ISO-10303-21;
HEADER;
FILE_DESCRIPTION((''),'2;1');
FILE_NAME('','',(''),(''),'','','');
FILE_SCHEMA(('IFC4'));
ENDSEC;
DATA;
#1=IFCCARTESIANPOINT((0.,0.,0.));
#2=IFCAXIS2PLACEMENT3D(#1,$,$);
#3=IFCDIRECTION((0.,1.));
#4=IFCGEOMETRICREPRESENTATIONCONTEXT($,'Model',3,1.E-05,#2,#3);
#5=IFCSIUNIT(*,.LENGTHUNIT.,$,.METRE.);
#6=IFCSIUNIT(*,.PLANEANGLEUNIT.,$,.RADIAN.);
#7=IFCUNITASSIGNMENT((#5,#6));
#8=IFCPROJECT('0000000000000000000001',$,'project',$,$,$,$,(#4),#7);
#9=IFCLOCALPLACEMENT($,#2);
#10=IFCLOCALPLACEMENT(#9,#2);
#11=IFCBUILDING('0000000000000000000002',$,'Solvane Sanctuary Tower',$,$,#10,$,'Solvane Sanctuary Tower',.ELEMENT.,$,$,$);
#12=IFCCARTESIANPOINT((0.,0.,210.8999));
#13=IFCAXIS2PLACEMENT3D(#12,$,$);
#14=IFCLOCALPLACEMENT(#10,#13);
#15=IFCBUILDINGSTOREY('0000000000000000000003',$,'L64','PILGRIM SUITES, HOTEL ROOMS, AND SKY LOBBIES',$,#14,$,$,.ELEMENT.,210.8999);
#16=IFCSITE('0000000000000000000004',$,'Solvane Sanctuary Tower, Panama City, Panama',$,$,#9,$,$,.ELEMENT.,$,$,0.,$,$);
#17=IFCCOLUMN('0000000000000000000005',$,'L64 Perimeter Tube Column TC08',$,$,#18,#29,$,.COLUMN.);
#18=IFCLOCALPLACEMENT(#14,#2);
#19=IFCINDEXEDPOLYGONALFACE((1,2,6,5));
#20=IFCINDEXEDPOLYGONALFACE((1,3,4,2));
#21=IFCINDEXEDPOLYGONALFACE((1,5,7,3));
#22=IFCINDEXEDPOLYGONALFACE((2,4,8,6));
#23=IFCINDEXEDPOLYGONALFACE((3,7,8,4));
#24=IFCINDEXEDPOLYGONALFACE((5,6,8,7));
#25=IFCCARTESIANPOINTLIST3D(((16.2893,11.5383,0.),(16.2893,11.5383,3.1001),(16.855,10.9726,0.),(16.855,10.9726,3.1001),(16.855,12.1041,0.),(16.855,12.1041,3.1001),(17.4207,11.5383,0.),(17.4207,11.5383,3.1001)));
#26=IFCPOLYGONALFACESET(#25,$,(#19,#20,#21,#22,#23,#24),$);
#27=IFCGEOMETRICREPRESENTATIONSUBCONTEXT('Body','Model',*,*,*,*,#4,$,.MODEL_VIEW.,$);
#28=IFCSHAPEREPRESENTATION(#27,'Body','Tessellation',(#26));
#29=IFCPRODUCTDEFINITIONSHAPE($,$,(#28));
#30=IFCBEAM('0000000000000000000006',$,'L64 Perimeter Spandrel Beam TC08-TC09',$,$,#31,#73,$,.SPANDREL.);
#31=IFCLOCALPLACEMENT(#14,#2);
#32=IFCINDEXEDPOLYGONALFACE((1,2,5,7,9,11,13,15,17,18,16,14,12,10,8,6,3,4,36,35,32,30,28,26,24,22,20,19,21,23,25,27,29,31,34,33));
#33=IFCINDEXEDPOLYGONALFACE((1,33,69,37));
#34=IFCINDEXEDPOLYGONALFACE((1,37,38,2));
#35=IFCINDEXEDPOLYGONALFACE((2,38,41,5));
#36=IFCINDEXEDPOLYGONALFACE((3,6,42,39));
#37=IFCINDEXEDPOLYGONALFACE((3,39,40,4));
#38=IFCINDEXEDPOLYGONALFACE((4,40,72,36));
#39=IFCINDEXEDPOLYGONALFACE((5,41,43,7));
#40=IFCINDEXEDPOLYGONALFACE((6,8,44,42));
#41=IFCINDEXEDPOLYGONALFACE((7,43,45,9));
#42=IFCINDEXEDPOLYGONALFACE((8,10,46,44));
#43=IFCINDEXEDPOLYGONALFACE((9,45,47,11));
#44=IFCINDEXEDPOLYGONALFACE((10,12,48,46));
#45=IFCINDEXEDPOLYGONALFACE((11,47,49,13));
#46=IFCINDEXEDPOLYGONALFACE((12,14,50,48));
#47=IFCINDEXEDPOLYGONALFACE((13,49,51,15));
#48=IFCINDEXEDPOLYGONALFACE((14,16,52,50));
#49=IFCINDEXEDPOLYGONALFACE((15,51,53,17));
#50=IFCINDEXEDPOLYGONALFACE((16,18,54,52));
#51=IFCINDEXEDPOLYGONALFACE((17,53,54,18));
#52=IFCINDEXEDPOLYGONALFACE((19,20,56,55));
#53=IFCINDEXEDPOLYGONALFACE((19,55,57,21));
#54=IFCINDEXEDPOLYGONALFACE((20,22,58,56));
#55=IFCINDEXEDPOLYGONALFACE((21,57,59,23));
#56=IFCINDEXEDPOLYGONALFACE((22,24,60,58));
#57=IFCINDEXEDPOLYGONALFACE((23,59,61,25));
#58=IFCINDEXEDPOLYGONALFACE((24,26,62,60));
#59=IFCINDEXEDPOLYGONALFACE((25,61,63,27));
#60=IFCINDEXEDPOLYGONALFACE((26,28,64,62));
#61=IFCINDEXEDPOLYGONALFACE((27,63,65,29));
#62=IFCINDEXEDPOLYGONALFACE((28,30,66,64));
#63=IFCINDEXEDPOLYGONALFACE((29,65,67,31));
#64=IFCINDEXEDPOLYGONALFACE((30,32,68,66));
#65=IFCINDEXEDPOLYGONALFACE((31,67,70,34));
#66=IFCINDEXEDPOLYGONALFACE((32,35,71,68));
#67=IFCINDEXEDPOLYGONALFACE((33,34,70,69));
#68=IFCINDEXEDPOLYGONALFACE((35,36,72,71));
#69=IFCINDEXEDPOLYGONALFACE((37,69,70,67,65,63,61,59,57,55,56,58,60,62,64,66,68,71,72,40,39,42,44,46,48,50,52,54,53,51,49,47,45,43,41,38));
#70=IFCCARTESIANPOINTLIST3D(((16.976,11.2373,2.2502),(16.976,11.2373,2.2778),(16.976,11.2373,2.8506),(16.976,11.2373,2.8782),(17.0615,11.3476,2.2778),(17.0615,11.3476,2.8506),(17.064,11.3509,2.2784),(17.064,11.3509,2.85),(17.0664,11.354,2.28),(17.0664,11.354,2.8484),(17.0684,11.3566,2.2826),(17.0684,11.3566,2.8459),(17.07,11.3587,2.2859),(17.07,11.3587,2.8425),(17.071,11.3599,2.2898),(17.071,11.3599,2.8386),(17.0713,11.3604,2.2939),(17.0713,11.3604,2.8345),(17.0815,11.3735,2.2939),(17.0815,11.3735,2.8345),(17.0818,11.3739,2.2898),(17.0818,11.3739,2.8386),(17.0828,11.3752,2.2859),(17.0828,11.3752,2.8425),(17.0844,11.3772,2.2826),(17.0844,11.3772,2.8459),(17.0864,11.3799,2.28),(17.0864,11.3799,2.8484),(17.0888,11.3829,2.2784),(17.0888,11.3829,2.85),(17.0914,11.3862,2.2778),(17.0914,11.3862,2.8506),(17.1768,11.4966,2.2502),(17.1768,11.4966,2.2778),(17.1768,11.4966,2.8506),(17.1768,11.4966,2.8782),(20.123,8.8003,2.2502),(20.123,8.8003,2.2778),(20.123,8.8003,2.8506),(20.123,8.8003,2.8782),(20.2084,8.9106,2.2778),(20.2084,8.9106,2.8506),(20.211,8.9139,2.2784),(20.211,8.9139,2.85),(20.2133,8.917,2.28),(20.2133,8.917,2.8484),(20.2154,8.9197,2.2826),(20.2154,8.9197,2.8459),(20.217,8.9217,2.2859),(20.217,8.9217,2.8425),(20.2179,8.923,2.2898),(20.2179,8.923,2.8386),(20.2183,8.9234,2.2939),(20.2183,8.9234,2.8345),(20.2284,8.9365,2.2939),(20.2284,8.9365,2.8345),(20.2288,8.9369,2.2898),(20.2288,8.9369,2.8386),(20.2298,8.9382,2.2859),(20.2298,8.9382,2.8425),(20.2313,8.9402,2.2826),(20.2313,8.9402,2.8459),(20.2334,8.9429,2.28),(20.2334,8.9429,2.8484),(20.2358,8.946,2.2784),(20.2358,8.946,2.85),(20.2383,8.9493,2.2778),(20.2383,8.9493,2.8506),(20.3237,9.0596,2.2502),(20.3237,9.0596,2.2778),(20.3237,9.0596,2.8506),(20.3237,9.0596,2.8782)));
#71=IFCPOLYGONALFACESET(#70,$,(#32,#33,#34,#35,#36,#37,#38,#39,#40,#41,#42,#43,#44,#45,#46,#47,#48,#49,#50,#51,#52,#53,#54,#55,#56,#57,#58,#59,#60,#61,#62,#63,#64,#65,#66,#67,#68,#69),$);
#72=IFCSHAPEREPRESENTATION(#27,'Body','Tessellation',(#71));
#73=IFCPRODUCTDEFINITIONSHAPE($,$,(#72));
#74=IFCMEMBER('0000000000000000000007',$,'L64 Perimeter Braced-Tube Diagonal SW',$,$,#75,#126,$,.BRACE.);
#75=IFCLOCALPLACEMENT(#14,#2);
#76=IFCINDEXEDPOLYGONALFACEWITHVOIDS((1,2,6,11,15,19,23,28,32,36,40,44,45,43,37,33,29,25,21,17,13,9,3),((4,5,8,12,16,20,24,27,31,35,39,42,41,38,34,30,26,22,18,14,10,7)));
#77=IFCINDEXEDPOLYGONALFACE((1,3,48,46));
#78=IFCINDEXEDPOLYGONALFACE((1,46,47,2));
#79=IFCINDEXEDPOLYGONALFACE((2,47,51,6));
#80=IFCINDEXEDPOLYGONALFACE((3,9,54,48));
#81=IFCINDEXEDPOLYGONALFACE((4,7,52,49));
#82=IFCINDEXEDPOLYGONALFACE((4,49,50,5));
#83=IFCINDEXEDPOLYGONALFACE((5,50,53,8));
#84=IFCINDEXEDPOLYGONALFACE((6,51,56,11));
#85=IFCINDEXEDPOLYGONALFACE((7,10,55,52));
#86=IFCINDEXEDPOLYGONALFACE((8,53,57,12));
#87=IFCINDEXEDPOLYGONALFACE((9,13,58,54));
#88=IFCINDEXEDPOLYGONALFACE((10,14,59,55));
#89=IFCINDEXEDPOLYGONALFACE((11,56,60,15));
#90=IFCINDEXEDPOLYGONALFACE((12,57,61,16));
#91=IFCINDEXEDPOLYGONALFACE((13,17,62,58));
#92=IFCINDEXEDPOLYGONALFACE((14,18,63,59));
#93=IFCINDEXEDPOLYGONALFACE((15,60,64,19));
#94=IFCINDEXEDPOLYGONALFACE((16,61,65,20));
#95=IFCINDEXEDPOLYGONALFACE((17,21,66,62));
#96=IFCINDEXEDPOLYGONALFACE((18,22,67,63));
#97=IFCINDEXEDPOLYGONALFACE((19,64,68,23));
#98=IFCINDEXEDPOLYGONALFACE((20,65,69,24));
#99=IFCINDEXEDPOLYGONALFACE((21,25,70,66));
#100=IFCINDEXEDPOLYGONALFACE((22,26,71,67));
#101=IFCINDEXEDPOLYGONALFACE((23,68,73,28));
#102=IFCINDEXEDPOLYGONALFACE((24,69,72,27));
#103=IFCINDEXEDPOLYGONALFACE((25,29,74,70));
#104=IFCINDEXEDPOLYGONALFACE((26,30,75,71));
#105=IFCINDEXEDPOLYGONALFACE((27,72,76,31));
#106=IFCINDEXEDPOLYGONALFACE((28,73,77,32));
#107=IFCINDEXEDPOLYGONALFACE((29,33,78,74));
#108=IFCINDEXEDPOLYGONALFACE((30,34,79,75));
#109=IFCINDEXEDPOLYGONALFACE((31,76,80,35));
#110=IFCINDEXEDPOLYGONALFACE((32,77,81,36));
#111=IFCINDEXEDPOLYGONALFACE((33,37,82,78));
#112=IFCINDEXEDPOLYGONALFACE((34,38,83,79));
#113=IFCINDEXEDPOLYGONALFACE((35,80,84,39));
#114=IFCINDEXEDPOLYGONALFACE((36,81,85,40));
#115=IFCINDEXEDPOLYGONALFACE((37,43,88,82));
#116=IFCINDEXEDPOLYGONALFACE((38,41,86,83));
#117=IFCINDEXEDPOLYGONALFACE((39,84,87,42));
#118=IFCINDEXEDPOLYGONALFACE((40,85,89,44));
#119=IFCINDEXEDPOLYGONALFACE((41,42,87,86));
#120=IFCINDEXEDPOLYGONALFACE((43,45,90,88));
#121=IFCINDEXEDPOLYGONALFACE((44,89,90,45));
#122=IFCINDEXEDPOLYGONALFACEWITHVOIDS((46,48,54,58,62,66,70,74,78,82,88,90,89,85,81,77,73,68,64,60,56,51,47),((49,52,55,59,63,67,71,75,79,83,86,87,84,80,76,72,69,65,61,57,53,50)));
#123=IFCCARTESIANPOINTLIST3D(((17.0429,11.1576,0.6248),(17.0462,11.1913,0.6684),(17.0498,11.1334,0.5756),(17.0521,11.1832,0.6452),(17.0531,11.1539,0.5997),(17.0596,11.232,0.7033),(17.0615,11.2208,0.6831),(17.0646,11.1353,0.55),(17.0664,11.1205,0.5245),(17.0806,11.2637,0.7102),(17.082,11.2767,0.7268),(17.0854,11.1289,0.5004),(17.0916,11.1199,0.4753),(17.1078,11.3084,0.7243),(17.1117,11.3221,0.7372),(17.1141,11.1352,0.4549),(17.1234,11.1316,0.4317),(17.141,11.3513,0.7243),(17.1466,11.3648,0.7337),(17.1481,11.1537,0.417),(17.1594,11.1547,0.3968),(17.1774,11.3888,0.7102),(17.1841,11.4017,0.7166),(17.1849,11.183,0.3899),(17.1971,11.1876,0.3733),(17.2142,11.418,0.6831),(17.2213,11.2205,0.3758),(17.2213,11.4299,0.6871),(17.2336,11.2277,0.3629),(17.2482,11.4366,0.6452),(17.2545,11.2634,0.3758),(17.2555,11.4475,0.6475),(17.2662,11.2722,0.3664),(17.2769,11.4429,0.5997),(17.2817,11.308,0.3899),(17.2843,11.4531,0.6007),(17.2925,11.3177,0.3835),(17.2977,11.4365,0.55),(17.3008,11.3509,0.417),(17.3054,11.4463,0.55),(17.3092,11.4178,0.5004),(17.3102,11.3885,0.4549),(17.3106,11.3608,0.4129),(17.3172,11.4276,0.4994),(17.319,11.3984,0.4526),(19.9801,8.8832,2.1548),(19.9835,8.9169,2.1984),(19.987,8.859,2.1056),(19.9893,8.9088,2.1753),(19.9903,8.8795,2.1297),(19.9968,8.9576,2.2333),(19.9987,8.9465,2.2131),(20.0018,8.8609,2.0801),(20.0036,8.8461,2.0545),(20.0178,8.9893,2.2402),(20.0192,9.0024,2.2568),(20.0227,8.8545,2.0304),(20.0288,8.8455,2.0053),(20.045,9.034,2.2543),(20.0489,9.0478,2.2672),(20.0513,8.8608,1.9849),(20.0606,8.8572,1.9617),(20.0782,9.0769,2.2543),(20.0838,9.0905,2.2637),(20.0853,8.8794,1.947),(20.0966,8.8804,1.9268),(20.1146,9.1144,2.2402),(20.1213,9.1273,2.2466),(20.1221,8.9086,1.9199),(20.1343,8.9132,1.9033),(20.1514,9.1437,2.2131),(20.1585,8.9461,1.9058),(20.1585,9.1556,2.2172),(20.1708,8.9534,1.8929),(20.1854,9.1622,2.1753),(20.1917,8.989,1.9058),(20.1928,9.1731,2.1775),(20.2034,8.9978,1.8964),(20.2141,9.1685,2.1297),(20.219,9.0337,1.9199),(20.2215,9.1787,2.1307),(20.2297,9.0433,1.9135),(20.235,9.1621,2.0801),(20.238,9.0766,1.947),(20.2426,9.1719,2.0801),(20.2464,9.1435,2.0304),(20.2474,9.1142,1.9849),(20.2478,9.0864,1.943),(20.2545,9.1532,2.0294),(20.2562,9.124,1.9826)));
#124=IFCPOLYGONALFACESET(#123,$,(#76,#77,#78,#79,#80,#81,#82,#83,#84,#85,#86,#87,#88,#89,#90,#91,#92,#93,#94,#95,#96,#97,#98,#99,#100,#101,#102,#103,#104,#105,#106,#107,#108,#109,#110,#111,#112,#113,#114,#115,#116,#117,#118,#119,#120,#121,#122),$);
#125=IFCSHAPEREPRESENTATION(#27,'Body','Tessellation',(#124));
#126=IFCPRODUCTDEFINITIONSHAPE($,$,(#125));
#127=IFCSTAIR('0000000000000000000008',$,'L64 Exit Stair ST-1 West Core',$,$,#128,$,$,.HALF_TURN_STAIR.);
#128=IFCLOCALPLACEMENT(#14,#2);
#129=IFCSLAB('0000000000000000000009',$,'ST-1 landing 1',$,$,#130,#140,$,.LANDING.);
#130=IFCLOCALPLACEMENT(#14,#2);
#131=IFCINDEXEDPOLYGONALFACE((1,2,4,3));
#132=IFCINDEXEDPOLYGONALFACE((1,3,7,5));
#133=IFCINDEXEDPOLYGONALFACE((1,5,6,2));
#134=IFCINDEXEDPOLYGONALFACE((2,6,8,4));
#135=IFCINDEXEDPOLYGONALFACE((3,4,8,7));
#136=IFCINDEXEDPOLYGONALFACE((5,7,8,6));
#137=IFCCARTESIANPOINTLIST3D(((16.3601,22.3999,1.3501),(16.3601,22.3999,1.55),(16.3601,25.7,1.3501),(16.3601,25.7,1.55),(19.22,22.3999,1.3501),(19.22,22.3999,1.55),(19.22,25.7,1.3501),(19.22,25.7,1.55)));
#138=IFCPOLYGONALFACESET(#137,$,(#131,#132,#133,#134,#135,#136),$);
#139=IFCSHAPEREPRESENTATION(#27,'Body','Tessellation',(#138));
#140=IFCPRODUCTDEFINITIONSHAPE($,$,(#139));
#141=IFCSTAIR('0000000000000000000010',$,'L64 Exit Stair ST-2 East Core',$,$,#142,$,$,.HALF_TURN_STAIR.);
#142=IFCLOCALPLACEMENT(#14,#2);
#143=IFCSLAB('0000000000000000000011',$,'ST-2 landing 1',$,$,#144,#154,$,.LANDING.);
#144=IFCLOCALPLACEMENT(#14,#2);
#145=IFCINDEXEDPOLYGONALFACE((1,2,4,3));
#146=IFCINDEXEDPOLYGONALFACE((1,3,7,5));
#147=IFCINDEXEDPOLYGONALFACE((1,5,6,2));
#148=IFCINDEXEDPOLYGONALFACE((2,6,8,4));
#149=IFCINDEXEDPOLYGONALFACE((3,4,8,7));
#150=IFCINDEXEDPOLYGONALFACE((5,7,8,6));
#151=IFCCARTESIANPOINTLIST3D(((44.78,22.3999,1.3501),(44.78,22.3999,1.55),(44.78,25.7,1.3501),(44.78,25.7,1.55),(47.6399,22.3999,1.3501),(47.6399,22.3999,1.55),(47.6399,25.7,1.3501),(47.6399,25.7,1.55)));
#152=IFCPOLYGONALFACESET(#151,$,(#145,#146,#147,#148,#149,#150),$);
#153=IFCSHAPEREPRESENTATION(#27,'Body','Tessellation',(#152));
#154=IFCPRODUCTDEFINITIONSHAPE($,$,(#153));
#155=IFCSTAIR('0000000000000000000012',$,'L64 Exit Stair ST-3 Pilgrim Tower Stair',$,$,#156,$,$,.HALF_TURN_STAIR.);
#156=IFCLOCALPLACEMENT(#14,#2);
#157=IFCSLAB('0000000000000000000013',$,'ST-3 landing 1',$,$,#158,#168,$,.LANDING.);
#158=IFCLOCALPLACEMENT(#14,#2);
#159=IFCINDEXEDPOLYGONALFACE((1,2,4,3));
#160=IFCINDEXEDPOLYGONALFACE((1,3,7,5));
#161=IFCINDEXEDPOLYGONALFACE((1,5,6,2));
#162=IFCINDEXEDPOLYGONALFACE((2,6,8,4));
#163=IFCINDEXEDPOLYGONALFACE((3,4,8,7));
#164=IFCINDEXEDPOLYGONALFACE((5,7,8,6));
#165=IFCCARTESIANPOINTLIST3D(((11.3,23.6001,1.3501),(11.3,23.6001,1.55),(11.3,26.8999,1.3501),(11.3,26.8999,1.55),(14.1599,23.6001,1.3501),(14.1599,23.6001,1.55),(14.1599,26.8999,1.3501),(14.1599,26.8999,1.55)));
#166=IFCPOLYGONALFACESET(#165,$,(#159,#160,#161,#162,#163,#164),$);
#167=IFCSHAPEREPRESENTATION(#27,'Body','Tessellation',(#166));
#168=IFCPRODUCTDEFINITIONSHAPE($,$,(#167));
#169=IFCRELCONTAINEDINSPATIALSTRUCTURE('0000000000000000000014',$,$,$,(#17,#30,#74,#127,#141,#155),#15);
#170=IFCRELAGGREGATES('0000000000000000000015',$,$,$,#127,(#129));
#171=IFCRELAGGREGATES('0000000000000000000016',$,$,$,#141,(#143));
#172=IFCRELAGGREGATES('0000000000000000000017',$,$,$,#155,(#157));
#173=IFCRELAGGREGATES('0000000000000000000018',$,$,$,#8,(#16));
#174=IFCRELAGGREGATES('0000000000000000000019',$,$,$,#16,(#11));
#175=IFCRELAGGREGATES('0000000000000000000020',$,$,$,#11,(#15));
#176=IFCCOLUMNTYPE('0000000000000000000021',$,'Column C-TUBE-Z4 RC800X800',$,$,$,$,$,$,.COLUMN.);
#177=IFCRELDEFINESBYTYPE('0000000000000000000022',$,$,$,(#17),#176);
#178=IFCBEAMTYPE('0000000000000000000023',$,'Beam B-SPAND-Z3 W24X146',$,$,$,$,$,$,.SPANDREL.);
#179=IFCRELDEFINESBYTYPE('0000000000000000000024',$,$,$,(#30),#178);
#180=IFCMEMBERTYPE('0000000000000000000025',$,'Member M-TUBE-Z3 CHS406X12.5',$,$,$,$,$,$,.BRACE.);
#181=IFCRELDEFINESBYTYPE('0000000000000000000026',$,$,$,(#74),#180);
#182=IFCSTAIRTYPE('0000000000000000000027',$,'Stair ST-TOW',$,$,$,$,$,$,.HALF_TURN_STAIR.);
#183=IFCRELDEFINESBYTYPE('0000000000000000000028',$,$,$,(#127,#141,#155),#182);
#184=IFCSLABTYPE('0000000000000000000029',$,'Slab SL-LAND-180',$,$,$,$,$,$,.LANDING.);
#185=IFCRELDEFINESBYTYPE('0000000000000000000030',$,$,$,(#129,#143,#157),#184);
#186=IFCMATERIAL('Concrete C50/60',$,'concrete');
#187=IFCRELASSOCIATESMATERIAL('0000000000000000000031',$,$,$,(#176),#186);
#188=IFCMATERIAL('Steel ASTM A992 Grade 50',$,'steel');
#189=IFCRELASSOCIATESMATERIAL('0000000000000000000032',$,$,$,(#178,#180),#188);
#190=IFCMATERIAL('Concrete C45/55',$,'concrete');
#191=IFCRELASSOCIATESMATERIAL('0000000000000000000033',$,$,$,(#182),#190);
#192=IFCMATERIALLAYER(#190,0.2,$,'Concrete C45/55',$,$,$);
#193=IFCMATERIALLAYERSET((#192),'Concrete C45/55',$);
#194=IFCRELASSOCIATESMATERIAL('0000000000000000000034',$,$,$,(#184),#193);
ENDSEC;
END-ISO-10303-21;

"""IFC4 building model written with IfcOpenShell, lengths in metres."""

from ifc_helpers import new_model, si_unit, direction, frame, origin, origin_2d, place, context, subcontext, project, spatial, polyline, rectangle, hollow_circle, i_section, outline, extrude, material, layer, layer_set, material_profile, profile_set, type_object, element, aggregate, save


model = new_model("IFC4")

# Units and contexts
model_context = context("Model", 3, precision=1e-05, world=origin(), true_north=direction((0.0, 1.0)))
body_context = subcontext(model_context, "Body", "Model", "MODEL_VIEW")
ifc_project = project(units=[si_unit("LENGTHUNIT", "METRE"), si_unit("PLANEANGLEUNIT", "RADIAN")], contexts=[model_context])

# Site, building, storey
site_placement = place(None, origin())
site = spatial("IfcSite", under=ifc_project, at=site_placement, Name="Solvane Sanctuary Tower, Panama City, Panama", CompositionType="ELEMENT", RefElevation=0.0)
building_placement = place(site_placement, origin())
building = spatial("IfcBuilding", under=site, at=building_placement, Name="Solvane Sanctuary Tower", LongName="Solvane Sanctuary Tower", CompositionType="ELEMENT")
storey_placement = place(building_placement, frame((0.0, 0.0, 210.8999)))
storey = spatial("IfcBuildingStorey", under=building, at=storey_placement, Name="L64", Description="PILGRIM SUITES, HOTEL ROOMS, AND SKY LOBBIES", CompositionType="ELEMENT", Elevation=210.8999)

# Column
ifc_material_1 = material(Name="Concrete C50/60", Category="concrete")
ifc_material_profile_1 = material_profile(ifc_material_1, rectangle(XDim=0.8, YDim=0.8, at=origin_2d()), Name="RC800X800")
ifc_profile_set_1 = profile_set([ifc_material_profile_1], Name="Concrete C50/60")
column_type = type_object("IfcColumnType", Name="Column C-TUBE-Z4 RC800X800", PredefinedType="COLUMN", material=ifc_profile_set_1)
column_placement = place(storey_placement, frame((16.855, 11.5383, 0.0), z_axis=(0.0, 0.0, 1.0), x_axis=(-0.707107, -0.707107, 0.0)))
element("IfcColumn", 1, at=column_placement, inside=storey, type_object=column_type, Name="L64 Perimeter Tube Column TC08", PredefinedType="COLUMN", context=body_context, shape_type="SweptSolid", body=[
    extrude(rectangle(XDim=0.8, YDim=0.8, at=origin_2d()), origin(), (0.0, 0.0, 1.0), 3.1001),
])

# Beam
ifc_material_2 = material(Name="Steel ASTM A992 Grade 50", Category="steel")
ifc_material_profile_2 = material_profile(ifc_material_2, i_section(OverallWidth=0.3279, OverallDepth=0.6279, WebThickness=0.0166, FlangeThickness=0.0276, FilletRadius=0.0161, at=origin_2d()), Name="W24X146")
ifc_profile_set_2 = profile_set([ifc_material_profile_2], Name="Steel ASTM A992 Grade 50")
beam_type = type_object("IfcBeamType", Name="Beam B-SPAND-Z3 W24X146", PredefinedType="SPANDREL", material=ifc_profile_set_2)
beam_placement = place(storey_placement, frame((17.0764, 11.3669, 2.5642), z_axis=(0.790645, -0.612275, 0.0), x_axis=(0.612275, 0.790645, 0.0)))
element("IfcBeam", 2, at=beam_placement, inside=storey, type_object=beam_type, Name="L64 Perimeter Spandrel Beam TC08-TC09", PredefinedType="SPANDREL", context=body_context, shape_type="SweptSolid", body=[
    extrude(i_section(OverallWidth=0.3279, OverallDepth=0.6279, WebThickness=0.0166, FlangeThickness=0.0276, FilletRadius=0.0161, at=origin_2d()), origin(), (0.0, 0.0, 1.0), 3.9802),
])

# Member
ifc_material_profile_3 = material_profile(ifc_material_2, hollow_circle(Radius=0.2029, WallThickness=0.0125, at=origin_2d()), Name="CHS406X12.5")
ifc_profile_set_3 = profile_set([ifc_material_profile_3], Name="Steel ASTM A992 Grade 50")
member_type = type_object("IfcMemberType", Name="Member M-TUBE-Z3 CHS406X12.5", PredefinedType="BRACE", material=ifc_profile_set_3)
member_placement = place(storey_placement, frame((17.1812, 11.2859, 0.55), z_axis=(0.73109, -0.566107, 0.380828), x_axis=(0.612242, 0.79067, 0.0)))
element("IfcMember", 3, at=member_placement, inside=storey, type_object=member_type, Name="L64 Perimeter Braced-Tube Diagonal SW", PredefinedType="BRACE", context=body_context, shape_type="SweptSolid", body=[
    extrude(hollow_circle(Radius=0.2029, WallThickness=0.0125, at=origin_2d()), origin(), (0.0, 0.0, 1.0), 4.0176),
])

# Stairs, slabs
ifc_material_3 = material(Name="Concrete C45/55", Category="concrete")
stair_type = type_object("IfcStairType", Name="Stair ST-TOW", PredefinedType="HALF_TURN_STAIR", material=ifc_material_3)
stair_1_placement = place(storey_placement, origin())
stair_1 = element("IfcStair", 4, at=stair_1_placement, inside=storey, type_object=stair_type, Name="L64 Exit Stair ST-1 West Core", PredefinedType="HALF_TURN_STAIR")
ifc_layer_1 = layer(ifc_material_3, 0.2, Name="Concrete C45/55")
ifc_layer_set_1 = layer_set([ifc_layer_1], Name="Concrete C45/55")
slab_type_1 = type_object("IfcSlabType", Name="Slab SL-LAND-180", PredefinedType="LANDING", material=ifc_layer_set_1)
slab_1_placement = place(storey_placement, frame((0.0, 0.0, 1.3501)))
slab_1 = element("IfcSlab", 5, at=slab_1_placement, type_object=slab_type_1, Name="ST-1 landing 1", PredefinedType="LANDING", context=body_context, shape_type="SweptSolid", body=[
    extrude(outline(polyline([(19.22, 22.3999), (19.22, 25.7), (16.3601, 25.7), (16.3601, 22.3999), (19.22, 22.3999)])), origin(), (0.0, 0.0, 1.0), 0.2),
])
aggregate(stair_1, [slab_1])
stair_2_placement = place(storey_placement, origin())
stair_2 = element("IfcStair", 6, at=stair_2_placement, inside=storey, type_object=stair_type, Name="L64 Exit Stair ST-2 East Core", PredefinedType="HALF_TURN_STAIR")
slab_2_placement = place(storey_placement, frame((0.0, 0.0, 1.3501)))
slab_2 = element("IfcSlab", 7, at=slab_2_placement, type_object=slab_type_1, Name="ST-2 landing 1", PredefinedType="LANDING", context=body_context, shape_type="SweptSolid", body=[
    extrude(outline(polyline([(47.6399, 22.3999), (47.6399, 25.7), (44.78, 25.7), (44.78, 22.3999), (47.6399, 22.3999)])), origin(), (0.0, 0.0, 1.0), 0.2),
])
aggregate(stair_2, [slab_2])
stair_3_placement = place(storey_placement, origin())
stair_3 = element("IfcStair", 8, at=stair_3_placement, inside=storey, type_object=stair_type, Name="L64 Exit Stair ST-3 Pilgrim Tower Stair", PredefinedType="HALF_TURN_STAIR")
slab_3_placement = place(storey_placement, frame((0.0, 0.0, 1.3501)))
slab_3 = element("IfcSlab", 9, at=slab_3_placement, type_object=slab_type_1, Name="ST-3 landing 1", PredefinedType="LANDING", context=body_context, shape_type="SweptSolid", body=[
    extrude(outline(polyline([(14.1599, 23.6001), (14.1599, 26.8999), (11.3, 26.8999), (11.3, 23.6001), (14.1599, 23.6001)])), origin(), (0.0, 0.0, 1.0), 0.2),
])
aggregate(stair_3, [slab_3])

save(model, "model.ifc")
